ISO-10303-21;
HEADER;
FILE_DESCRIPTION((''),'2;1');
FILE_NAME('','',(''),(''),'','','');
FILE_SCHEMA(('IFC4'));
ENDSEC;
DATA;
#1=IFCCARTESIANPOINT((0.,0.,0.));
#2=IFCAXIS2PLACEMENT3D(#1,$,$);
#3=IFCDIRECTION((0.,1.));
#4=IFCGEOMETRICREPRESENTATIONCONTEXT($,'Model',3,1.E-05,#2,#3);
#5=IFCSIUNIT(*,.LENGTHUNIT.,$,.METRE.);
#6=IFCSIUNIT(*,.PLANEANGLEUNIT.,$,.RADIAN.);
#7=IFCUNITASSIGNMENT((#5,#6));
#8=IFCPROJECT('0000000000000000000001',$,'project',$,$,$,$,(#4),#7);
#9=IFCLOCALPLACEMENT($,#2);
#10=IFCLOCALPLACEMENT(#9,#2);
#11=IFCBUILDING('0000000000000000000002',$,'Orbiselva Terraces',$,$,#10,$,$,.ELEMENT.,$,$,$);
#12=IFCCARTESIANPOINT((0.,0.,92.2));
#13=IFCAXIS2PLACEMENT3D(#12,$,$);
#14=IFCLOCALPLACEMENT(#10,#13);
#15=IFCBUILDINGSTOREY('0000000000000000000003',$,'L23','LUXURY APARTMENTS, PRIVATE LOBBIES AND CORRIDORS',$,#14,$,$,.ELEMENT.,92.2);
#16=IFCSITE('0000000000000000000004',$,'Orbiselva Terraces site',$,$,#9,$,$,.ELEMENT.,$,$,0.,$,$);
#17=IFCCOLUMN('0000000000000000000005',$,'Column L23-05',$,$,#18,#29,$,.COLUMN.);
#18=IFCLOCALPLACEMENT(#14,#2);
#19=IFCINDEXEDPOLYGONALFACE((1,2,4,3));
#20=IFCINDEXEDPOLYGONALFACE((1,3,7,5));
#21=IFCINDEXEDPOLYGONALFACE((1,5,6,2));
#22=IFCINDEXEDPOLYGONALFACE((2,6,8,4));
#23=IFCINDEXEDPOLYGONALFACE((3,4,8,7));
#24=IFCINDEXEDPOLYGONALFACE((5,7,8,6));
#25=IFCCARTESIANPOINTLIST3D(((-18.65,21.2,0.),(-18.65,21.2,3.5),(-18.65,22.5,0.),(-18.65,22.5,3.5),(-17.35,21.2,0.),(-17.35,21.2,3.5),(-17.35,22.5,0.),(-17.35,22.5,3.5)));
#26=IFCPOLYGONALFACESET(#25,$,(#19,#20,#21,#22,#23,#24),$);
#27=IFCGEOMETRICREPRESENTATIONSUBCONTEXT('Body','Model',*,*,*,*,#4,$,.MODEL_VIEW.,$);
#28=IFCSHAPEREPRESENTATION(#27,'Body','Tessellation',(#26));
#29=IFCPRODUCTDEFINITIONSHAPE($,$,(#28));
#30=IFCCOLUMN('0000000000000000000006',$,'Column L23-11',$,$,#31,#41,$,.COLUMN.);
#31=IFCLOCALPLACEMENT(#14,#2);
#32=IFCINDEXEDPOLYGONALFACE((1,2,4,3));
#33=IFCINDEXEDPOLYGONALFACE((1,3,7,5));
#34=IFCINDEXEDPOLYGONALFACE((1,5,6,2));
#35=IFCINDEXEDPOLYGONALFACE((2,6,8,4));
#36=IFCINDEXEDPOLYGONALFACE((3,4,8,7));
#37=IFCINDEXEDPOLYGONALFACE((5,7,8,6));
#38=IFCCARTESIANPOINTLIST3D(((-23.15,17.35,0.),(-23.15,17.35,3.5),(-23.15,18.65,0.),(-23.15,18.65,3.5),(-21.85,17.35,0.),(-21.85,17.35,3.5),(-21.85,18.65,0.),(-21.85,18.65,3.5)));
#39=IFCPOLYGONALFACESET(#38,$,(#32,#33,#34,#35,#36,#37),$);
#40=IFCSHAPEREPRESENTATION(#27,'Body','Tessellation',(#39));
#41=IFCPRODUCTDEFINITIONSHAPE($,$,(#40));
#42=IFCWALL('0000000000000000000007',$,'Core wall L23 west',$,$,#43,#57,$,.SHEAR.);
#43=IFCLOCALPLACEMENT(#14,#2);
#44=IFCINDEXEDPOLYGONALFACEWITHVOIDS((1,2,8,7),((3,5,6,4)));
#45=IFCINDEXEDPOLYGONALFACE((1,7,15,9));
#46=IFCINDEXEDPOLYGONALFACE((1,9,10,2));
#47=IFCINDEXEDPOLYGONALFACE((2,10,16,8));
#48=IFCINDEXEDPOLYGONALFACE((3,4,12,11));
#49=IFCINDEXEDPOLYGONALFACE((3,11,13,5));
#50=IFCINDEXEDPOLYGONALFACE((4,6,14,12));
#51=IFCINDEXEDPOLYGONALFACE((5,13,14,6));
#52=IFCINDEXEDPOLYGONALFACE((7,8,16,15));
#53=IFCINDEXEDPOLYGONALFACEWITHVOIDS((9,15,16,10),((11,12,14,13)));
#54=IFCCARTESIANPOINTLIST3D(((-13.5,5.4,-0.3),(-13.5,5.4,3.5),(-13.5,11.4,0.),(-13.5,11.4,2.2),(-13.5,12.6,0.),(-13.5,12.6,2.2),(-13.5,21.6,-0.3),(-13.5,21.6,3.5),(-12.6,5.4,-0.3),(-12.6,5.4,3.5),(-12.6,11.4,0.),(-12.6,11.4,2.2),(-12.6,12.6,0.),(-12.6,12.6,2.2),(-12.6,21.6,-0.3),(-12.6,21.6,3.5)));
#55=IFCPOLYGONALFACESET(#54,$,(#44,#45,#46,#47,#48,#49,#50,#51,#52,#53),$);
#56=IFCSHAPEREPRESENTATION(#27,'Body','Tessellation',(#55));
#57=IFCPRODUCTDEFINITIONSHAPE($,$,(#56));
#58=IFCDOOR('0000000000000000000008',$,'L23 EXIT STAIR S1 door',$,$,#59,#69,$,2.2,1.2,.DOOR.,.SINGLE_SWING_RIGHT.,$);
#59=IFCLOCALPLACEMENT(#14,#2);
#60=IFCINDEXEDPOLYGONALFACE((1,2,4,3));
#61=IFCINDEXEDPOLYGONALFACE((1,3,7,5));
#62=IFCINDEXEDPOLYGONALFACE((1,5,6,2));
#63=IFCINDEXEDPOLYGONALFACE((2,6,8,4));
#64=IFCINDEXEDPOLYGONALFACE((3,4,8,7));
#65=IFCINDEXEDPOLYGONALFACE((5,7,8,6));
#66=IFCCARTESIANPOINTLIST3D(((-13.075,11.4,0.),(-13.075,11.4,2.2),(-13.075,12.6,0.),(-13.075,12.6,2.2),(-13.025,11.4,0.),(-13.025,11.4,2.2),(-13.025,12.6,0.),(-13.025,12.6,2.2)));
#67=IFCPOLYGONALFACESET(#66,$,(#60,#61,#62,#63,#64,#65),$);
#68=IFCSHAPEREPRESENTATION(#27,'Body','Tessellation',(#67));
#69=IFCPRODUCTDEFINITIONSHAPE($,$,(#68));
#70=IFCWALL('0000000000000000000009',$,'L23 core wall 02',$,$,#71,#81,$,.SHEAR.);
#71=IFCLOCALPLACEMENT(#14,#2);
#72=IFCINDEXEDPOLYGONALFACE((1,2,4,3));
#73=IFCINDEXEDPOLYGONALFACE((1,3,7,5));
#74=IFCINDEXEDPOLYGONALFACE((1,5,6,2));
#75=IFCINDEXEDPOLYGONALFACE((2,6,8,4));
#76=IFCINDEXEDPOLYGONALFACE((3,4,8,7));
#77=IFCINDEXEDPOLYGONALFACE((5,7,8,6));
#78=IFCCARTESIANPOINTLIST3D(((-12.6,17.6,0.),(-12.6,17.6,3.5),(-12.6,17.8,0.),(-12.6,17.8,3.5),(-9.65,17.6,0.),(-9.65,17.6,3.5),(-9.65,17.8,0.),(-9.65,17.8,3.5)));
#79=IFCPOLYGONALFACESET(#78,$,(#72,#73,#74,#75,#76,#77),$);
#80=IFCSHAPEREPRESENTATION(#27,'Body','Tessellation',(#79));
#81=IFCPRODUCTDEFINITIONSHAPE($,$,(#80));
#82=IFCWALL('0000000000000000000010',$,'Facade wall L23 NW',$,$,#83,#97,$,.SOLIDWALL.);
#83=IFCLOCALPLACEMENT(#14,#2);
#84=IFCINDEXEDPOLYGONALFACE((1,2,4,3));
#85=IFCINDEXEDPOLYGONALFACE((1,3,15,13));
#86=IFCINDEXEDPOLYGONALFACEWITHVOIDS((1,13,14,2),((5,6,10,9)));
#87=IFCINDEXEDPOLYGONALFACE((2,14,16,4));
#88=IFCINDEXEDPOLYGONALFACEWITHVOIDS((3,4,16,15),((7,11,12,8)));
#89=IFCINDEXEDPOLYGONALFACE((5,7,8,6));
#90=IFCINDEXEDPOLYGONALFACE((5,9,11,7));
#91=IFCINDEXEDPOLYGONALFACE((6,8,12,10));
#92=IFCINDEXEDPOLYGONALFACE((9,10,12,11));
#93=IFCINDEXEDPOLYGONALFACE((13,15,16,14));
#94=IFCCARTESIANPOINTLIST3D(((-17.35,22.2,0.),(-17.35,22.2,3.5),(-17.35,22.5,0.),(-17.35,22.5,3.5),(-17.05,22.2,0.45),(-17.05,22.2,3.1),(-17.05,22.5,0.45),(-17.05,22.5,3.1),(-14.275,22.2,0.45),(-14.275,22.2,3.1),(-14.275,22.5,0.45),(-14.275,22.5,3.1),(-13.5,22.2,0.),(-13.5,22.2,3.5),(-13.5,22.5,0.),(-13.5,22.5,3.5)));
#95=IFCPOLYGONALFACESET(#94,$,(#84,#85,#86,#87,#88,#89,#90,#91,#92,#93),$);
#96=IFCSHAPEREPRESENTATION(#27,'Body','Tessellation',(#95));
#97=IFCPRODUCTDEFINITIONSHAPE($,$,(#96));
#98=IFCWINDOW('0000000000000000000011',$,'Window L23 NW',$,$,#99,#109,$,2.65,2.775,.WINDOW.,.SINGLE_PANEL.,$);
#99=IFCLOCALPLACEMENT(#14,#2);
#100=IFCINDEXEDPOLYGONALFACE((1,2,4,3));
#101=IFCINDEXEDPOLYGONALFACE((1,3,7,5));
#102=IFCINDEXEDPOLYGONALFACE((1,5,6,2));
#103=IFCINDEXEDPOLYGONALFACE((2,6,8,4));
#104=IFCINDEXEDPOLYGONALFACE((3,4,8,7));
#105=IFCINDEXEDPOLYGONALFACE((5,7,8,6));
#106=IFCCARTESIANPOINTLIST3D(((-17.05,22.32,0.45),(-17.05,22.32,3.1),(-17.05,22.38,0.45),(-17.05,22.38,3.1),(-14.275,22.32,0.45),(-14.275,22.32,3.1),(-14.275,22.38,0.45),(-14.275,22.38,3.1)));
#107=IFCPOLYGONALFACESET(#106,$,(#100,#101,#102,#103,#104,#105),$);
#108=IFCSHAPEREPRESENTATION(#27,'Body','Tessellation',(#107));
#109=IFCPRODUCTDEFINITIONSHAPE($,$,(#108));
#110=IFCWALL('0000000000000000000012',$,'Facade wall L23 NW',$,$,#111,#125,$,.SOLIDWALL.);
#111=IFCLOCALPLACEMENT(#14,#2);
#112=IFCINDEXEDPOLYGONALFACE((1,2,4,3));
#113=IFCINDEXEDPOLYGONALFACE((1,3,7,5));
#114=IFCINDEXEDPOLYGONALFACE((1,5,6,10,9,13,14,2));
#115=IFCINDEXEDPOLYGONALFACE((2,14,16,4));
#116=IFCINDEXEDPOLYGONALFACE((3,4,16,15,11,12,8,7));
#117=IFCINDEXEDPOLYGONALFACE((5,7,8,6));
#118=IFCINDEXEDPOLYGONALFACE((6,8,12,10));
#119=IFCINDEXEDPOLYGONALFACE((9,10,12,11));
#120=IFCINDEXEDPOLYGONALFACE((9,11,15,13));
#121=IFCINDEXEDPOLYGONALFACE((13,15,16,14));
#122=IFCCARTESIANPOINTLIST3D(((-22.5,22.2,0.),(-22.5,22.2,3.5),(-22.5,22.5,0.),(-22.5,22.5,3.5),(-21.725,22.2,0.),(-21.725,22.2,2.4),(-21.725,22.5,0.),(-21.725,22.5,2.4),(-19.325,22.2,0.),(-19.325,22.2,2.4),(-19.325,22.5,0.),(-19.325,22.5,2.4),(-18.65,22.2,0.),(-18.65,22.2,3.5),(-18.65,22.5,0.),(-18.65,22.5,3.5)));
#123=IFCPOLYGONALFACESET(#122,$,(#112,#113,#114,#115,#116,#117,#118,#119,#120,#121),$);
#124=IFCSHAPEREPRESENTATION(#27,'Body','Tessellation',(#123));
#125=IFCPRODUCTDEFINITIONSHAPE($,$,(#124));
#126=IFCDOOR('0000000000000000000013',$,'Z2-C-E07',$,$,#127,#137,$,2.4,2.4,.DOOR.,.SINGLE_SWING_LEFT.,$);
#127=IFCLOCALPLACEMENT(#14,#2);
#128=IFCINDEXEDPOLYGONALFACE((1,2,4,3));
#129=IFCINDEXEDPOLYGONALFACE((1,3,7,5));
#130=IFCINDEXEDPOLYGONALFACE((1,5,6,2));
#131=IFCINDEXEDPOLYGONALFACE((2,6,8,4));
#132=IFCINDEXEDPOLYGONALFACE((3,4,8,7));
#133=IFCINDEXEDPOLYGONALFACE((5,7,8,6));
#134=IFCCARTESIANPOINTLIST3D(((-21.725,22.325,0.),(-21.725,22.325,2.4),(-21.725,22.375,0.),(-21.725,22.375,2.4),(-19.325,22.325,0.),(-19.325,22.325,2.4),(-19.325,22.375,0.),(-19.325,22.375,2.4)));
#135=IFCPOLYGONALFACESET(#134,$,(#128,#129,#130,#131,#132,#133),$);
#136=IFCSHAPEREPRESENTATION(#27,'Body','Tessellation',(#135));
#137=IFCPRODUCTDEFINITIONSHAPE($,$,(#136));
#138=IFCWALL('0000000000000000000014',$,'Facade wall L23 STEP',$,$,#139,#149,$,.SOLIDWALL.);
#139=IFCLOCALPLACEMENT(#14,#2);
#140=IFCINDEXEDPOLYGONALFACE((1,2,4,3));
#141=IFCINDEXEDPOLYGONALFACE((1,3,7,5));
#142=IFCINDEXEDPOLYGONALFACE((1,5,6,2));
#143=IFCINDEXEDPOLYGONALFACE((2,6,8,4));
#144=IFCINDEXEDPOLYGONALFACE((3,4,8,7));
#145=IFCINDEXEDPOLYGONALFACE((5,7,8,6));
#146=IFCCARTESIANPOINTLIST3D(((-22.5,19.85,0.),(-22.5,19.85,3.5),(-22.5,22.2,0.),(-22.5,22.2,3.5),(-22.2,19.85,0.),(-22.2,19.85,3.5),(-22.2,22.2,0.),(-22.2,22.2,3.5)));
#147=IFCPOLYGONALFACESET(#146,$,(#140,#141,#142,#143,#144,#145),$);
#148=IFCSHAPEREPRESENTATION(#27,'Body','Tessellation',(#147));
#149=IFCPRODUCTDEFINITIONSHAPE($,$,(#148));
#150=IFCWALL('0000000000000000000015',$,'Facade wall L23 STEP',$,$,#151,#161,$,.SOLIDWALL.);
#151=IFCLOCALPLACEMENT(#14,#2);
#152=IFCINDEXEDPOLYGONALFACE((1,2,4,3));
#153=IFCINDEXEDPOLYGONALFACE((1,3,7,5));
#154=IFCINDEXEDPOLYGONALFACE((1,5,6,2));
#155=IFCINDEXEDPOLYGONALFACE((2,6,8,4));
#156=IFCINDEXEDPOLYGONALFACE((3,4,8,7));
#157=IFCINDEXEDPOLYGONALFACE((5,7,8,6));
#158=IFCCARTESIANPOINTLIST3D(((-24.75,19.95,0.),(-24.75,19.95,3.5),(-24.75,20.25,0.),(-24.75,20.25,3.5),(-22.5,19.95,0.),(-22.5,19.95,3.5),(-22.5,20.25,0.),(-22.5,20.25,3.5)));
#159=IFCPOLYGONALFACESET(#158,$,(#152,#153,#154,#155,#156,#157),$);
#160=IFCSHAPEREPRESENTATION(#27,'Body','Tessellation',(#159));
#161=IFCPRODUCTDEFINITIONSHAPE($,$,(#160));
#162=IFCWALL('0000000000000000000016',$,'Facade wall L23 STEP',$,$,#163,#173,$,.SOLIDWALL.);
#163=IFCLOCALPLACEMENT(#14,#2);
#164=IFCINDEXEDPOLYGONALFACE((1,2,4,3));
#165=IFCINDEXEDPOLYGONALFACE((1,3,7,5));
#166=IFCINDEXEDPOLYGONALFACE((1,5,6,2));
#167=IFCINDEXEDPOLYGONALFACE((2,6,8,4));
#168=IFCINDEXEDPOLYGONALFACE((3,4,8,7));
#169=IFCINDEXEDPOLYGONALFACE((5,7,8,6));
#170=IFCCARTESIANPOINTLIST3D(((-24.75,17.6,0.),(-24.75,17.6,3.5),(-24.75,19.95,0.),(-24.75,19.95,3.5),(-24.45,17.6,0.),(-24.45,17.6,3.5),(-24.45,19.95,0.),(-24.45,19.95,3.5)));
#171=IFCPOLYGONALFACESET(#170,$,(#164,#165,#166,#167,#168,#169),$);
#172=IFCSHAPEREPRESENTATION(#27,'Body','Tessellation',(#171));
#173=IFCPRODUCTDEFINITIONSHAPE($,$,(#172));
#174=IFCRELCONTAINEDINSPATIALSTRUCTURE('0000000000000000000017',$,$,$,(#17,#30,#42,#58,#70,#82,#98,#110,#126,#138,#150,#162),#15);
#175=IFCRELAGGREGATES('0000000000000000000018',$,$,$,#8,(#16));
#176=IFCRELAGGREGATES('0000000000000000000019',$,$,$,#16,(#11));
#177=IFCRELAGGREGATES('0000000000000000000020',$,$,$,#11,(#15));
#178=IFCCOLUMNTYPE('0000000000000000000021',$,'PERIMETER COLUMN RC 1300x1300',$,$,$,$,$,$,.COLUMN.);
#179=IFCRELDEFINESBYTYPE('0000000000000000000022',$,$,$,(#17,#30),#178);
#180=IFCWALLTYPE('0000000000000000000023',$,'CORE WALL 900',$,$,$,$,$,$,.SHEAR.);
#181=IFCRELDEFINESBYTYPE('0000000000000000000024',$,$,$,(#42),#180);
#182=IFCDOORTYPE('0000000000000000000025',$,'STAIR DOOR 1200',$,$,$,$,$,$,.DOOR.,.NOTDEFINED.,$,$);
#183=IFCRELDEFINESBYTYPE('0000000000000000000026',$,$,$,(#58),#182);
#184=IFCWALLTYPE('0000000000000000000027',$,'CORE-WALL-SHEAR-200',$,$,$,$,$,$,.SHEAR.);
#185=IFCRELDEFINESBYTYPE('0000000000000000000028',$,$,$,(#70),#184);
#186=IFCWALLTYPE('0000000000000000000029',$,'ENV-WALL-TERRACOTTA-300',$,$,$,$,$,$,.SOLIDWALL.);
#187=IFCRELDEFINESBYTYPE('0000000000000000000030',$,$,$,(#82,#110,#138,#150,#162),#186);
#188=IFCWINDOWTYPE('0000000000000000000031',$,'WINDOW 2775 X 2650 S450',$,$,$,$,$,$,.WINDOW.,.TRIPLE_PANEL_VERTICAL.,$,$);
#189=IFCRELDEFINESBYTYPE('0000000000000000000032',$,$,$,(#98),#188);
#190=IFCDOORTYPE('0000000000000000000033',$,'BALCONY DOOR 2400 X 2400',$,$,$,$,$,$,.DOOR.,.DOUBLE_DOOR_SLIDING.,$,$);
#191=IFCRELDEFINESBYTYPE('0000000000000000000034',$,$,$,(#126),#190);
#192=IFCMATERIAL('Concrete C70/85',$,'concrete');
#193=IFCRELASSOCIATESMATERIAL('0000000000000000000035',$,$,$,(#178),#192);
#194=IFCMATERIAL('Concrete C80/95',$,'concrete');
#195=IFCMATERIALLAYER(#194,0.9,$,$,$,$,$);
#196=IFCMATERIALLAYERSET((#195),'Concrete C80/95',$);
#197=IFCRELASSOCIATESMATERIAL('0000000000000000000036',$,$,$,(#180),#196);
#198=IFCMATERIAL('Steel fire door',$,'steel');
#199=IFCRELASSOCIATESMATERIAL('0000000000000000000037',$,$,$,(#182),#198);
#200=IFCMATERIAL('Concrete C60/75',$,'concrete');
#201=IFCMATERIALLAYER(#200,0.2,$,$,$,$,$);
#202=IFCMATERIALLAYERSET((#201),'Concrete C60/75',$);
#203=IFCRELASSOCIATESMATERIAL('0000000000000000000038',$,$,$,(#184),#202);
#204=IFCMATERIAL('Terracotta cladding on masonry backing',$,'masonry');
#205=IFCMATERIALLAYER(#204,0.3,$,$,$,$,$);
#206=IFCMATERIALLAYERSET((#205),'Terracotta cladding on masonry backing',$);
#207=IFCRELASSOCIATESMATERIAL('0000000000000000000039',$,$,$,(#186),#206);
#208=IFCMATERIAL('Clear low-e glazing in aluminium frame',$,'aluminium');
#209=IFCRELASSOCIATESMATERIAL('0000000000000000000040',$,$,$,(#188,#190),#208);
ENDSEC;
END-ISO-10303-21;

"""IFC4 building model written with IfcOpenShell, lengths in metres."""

from ifc_helpers import new_model, si_unit, direction, frame, frame_2d, origin, origin_2d, place, context, subcontext, project, spatial, rectangle, extrude, material, layer, layer_set, material_profile, profile_set, type_object, element, fill, save


model = new_model("IFC4")

# Units and contexts
model_context = context("Model", 3, precision=1e-05, world=origin(), true_north=direction((0.0, 1.0)))
body_context = subcontext(model_context, "Body", "Model", "MODEL_VIEW")
ifc_project = project(units=[si_unit("LENGTHUNIT", "METRE"), si_unit("PLANEANGLEUNIT", "RADIAN")], contexts=[model_context])

# Site, building, storey
site_placement = place(None, origin())
site = spatial("IfcSite", under=ifc_project, at=site_placement, Name="Orbiselva Terraces site", CompositionType="ELEMENT", RefElevation=0.0)
building_placement = place(site_placement, origin())
building = spatial("IfcBuilding", under=site, at=building_placement, Name="Orbiselva Terraces", CompositionType="ELEMENT")
storey_placement = place(building_placement, frame((0.0, 0.0, 92.2)))
storey = spatial("IfcBuildingStorey", under=building, at=storey_placement, Name="L23", Description="LUXURY APARTMENTS, PRIVATE LOBBIES AND CORRIDORS", CompositionType="ELEMENT", Elevation=92.2)

# Columns
ifc_material_1 = material(Name="Concrete C70/85", Category="concrete")
ifc_material_profile = material_profile(ifc_material_1, rectangle(XDim=1.3, YDim=1.3, at=origin_2d()), Name="RC 1300x1300")
ifc_profile_set = profile_set([ifc_material_profile], Name="Concrete C70/85")
column_type = type_object("IfcColumnType", Name="PERIMETER COLUMN RC 1300x1300", PredefinedType="COLUMN", material=ifc_profile_set)
for number, where, z_axis, x_axis, name in (
    (1, (-18.0, 21.85, 0.0), (0.0, 0.0, 1.0), (1.0, 0.0, 0.0), "Column L23-05"),
    (2, (-22.5, 18.0, 0.0), (0.0, 0.0, 1.0), (1.0, 0.0, 0.0), "Column L23-11"),
):
    element("IfcColumn", number, at=place(storey_placement, frame(where, z_axis=z_axis, x_axis=x_axis)), inside=storey, type_object=column_type, Name=name, PredefinedType="COLUMN", context=body_context, shape_type="SweptSolid", body=[
        extrude(rectangle(XDim=1.3, YDim=1.3, at=origin_2d()), origin(), (0.0, 0.0, 1.0), 3.5),
    ])

# Wall, opening, door
ifc_material_2 = material(Name="Concrete C80/95", Category="concrete")
ifc_layer_1 = layer(ifc_material_2, 0.9)
ifc_layer_set_1 = layer_set([ifc_layer_1], Name="Concrete C80/95")
wall_type_1 = type_object("IfcWallType", Name="CORE WALL 900", PredefinedType="SHEAR", material=ifc_layer_set_1)
wall_1_placement = place(storey_placement, frame((-13.05, 21.6, -0.3), z_axis=(0.0, 0.0, 1.0), x_axis=(0.0, -1.0, 0.0)))
wall_1 = element("IfcWall", 3, at=wall_1_placement, inside=storey, type_object=wall_type_1, Name="Core wall L23 west", PredefinedType="SHEAR", context=body_context, shape_type="SweptSolid", body=[
    extrude(rectangle(XDim=16.2, YDim=0.9, at=frame_2d((8.1, 0.0))), origin(), (0.0, 0.0, 1.0), 3.8),
])
opening_1_placement = place(wall_1_placement, frame((9.0, 0.0, 0.3)))
opening_1 = element("IfcOpeningElement", 4, at=opening_1_placement, cuts=wall_1, PredefinedType="OPENING", context=body_context, shape_type="SweptSolid", body=[
    extrude(rectangle(XDim=1.2, YDim=2.2, at=frame_2d((0.6, 1.1))), frame((0.0, 0.46, 0.0), z_axis=(0.0, -1.0, 0.0), x_axis=(1.0, 0.0, 0.0)), (0.0, 0.0, 1.0), 0.92),
])
ifc_material_3 = material(Name="Steel fire door", Category="steel")
door_type_1 = type_object("IfcDoorType", Name="STAIR DOOR 1200", OperationType="NOTDEFINED", PredefinedType="DOOR", material=ifc_material_3)
door_1_placement = place(opening_1_placement, frame((1.2, 0.0, 0.0), z_axis=(0.0, 0.0, 1.0), x_axis=(-1.0, 0.0, 0.0)))
door_1 = element("IfcDoor", 5, at=door_1_placement, inside=storey, type_object=door_type_1, Name="L23 EXIT STAIR S1 door", OperationType="SINGLE_SWING_RIGHT", OverallHeight=2.2, OverallWidth=1.2, PredefinedType="DOOR", context=body_context, shape_type="SweptSolid", body=[
    extrude(rectangle(XDim=1.2, YDim=2.2, at=frame_2d((0.6, 1.1))), frame((0.0, 0.025, 0.0), z_axis=(0.0, -1.0, 0.0), x_axis=(1.0, 0.0, 0.0)), (0.0, 0.0, 1.0), 0.05),
])
fill(opening_1, door_1)

# Wall
ifc_material_4 = material(Name="Concrete C60/75", Category="concrete")
ifc_layer_2 = layer(ifc_material_4, 0.2)
ifc_layer_set_2 = layer_set([ifc_layer_2], Name="Concrete C60/75")
wall_type_2 = type_object("IfcWallType", Name="CORE-WALL-SHEAR-200", PredefinedType="SHEAR", material=ifc_layer_set_2)
wall_2_placement = place(storey_placement, frame((-12.6, 17.7, 0.0), z_axis=(0.0, 0.0, 1.0), x_axis=(1.0, 0.0, 0.0)))
element("IfcWall", 6, at=wall_2_placement, inside=storey, type_object=wall_type_2, Name="L23 core wall 02", PredefinedType="SHEAR", context=body_context, shape_type="SweptSolid", body=[
    extrude(rectangle(XDim=2.95, YDim=0.2, at=frame_2d((1.475, 0.0))), origin(), (0.0, 0.0, 1.0), 3.5),
])

# Wall, opening, window
ifc_material_5 = material(Name="Terracotta cladding on masonry backing", Category="masonry")
ifc_layer_3 = layer(ifc_material_5, 0.3)
ifc_layer_set_3 = layer_set([ifc_layer_3], Name="Terracotta cladding on masonry backing")
wall_type_3 = type_object("IfcWallType", Name="ENV-WALL-TERRACOTTA-300", PredefinedType="SOLIDWALL", material=ifc_layer_set_3)
wall_3_placement = place(storey_placement, frame((-17.35, 22.35, 0.0), z_axis=(0.0, 0.0, 1.0), x_axis=(1.0, 0.0, 0.0)))
wall_3 = element("IfcWall", 7, at=wall_3_placement, inside=storey, type_object=wall_type_3, Name="Facade wall L23 NW", PredefinedType="SOLIDWALL", context=body_context, shape_type="SweptSolid", body=[
    extrude(rectangle(XDim=3.85, YDim=0.3, at=frame_2d((1.925, 0.0))), origin(), (0.0, 0.0, 1.0), 3.5),
])
opening_2_placement = place(wall_3_placement, frame((0.3, 0.0, 0.45)))
opening_2 = element("IfcOpeningElement", 8, at=opening_2_placement, cuts=wall_3, PredefinedType="OPENING", context=body_context, shape_type="SweptSolid", body=[
    extrude(rectangle(XDim=2.775, YDim=2.65, at=frame_2d((1.3875, 1.325))), frame((0.0, 0.16, 0.0), z_axis=(0.0, -1.0, 0.0), x_axis=(1.0, 0.0, 0.0)), (0.0, 0.0, 1.0), 0.32),
])
ifc_material_6 = material(Name="Clear low-e glazing in aluminium frame", Category="aluminium")
window_type = type_object("IfcWindowType", Name="WINDOW 2775 X 2650 S450", PartitioningType="TRIPLE_PANEL_VERTICAL", PredefinedType="WINDOW", material=ifc_material_6)
window_placement = place(opening_2_placement, origin())
window = element("IfcWindow", 9, at=window_placement, inside=storey, type_object=window_type, Name="Window L23 NW", OverallHeight=2.65, OverallWidth=2.775, PartitioningType="SINGLE_PANEL", PredefinedType="WINDOW", context=body_context, shape_type="SweptSolid", body=[
    extrude(rectangle(XDim=2.775, YDim=2.65, at=frame_2d((1.3875, 1.325))), frame((0.0, 0.03, 0.0), z_axis=(0.0, -1.0, 0.0), x_axis=(1.0, 0.0, 0.0)), (0.0, 0.0, 1.0), 0.06),
])
fill(opening_2, window)

# Wall, opening, door
wall_4_placement = place(storey_placement, frame((-22.5, 22.35, 0.0), z_axis=(0.0, 0.0, 1.0), x_axis=(1.0, 0.0, 0.0)))
wall_4 = element("IfcWall", 10, at=wall_4_placement, inside=storey, type_object=wall_type_3, Name="Facade wall L23 NW", PredefinedType="SOLIDWALL", context=body_context, shape_type="SweptSolid", body=[
    extrude(rectangle(XDim=3.85, YDim=0.3, at=frame_2d((1.925, 0.0))), origin(), (0.0, 0.0, 1.0), 3.5),
])
opening_3_placement = place(wall_4_placement, frame((0.775, 0.0, 0.0)))
opening_3 = element("IfcOpeningElement", 11, at=opening_3_placement, cuts=wall_4, PredefinedType="OPENING", context=body_context, shape_type="SweptSolid", body=[
    extrude(rectangle(XDim=2.4, YDim=2.4, at=frame_2d((1.2, 1.2))), frame((0.0, 0.16, 0.0), z_axis=(0.0, -1.0, 0.0), x_axis=(1.0, 0.0, 0.0)), (0.0, 0.0, 1.0), 0.32),
])
door_type_2 = type_object("IfcDoorType", Name="BALCONY DOOR 2400 X 2400", OperationType="DOUBLE_DOOR_SLIDING", PredefinedType="DOOR", material=ifc_material_6)
door_2_placement = place(opening_3_placement, origin())
door_2 = element("IfcDoor", 12, at=door_2_placement, inside=storey, type_object=door_type_2, Name="Z2-C-E07", OperationType="SINGLE_SWING_LEFT", OverallHeight=2.4, OverallWidth=2.4, PredefinedType="DOOR", context=body_context, shape_type="SweptSolid", body=[
    extrude(rectangle(XDim=2.4, YDim=2.4, at=frame_2d((1.2, 1.2))), frame((0.0, 0.025, 0.0), z_axis=(0.0, -1.0, 0.0), x_axis=(1.0, 0.0, 0.0)), (0.0, 0.0, 1.0), 0.05),
])
fill(opening_3, door_2)

# Walls
wall_5_placement = place(storey_placement, frame((-22.35, 19.85, 0.0), z_axis=(0.0, 0.0, 1.0), x_axis=(0.0, 1.0, 0.0)))
element("IfcWall", 13, at=wall_5_placement, inside=storey, type_object=wall_type_3, Name="Facade wall L23 STEP", PredefinedType="SOLIDWALL", context=body_context, shape_type="SweptSolid", body=[
    extrude(rectangle(XDim=2.35, YDim=0.3, at=frame_2d((1.175, 0.0))), origin(), (0.0, 0.0, 1.0), 3.5),
])
wall_6_placement = place(storey_placement, frame((-24.75, 20.1, 0.0), z_axis=(0.0, 0.0, 1.0), x_axis=(1.0, 0.0, 0.0)))
element("IfcWall", 14, at=wall_6_placement, inside=storey, type_object=wall_type_3, Name="Facade wall L23 STEP", PredefinedType="SOLIDWALL", context=body_context, shape_type="SweptSolid", body=[
    extrude(rectangle(XDim=2.25, YDim=0.3, at=frame_2d((1.125, 0.0))), origin(), (0.0, 0.0, 1.0), 3.5),
])
wall_7_placement = place(storey_placement, frame((-24.6, 17.6, 0.0), z_axis=(0.0, 0.0, 1.0), x_axis=(0.0, 1.0, 0.0)))
element("IfcWall", 15, at=wall_7_placement, inside=storey, type_object=wall_type_3, Name="Facade wall L23 STEP", PredefinedType="SOLIDWALL", context=body_context, shape_type="SweptSolid", body=[
    extrude(rectangle(XDim=2.35, YDim=0.3, at=frame_2d((1.175, 0.0))), origin(), (0.0, 0.0, 1.0), 3.5),
])

save(model, "model.ifc")
